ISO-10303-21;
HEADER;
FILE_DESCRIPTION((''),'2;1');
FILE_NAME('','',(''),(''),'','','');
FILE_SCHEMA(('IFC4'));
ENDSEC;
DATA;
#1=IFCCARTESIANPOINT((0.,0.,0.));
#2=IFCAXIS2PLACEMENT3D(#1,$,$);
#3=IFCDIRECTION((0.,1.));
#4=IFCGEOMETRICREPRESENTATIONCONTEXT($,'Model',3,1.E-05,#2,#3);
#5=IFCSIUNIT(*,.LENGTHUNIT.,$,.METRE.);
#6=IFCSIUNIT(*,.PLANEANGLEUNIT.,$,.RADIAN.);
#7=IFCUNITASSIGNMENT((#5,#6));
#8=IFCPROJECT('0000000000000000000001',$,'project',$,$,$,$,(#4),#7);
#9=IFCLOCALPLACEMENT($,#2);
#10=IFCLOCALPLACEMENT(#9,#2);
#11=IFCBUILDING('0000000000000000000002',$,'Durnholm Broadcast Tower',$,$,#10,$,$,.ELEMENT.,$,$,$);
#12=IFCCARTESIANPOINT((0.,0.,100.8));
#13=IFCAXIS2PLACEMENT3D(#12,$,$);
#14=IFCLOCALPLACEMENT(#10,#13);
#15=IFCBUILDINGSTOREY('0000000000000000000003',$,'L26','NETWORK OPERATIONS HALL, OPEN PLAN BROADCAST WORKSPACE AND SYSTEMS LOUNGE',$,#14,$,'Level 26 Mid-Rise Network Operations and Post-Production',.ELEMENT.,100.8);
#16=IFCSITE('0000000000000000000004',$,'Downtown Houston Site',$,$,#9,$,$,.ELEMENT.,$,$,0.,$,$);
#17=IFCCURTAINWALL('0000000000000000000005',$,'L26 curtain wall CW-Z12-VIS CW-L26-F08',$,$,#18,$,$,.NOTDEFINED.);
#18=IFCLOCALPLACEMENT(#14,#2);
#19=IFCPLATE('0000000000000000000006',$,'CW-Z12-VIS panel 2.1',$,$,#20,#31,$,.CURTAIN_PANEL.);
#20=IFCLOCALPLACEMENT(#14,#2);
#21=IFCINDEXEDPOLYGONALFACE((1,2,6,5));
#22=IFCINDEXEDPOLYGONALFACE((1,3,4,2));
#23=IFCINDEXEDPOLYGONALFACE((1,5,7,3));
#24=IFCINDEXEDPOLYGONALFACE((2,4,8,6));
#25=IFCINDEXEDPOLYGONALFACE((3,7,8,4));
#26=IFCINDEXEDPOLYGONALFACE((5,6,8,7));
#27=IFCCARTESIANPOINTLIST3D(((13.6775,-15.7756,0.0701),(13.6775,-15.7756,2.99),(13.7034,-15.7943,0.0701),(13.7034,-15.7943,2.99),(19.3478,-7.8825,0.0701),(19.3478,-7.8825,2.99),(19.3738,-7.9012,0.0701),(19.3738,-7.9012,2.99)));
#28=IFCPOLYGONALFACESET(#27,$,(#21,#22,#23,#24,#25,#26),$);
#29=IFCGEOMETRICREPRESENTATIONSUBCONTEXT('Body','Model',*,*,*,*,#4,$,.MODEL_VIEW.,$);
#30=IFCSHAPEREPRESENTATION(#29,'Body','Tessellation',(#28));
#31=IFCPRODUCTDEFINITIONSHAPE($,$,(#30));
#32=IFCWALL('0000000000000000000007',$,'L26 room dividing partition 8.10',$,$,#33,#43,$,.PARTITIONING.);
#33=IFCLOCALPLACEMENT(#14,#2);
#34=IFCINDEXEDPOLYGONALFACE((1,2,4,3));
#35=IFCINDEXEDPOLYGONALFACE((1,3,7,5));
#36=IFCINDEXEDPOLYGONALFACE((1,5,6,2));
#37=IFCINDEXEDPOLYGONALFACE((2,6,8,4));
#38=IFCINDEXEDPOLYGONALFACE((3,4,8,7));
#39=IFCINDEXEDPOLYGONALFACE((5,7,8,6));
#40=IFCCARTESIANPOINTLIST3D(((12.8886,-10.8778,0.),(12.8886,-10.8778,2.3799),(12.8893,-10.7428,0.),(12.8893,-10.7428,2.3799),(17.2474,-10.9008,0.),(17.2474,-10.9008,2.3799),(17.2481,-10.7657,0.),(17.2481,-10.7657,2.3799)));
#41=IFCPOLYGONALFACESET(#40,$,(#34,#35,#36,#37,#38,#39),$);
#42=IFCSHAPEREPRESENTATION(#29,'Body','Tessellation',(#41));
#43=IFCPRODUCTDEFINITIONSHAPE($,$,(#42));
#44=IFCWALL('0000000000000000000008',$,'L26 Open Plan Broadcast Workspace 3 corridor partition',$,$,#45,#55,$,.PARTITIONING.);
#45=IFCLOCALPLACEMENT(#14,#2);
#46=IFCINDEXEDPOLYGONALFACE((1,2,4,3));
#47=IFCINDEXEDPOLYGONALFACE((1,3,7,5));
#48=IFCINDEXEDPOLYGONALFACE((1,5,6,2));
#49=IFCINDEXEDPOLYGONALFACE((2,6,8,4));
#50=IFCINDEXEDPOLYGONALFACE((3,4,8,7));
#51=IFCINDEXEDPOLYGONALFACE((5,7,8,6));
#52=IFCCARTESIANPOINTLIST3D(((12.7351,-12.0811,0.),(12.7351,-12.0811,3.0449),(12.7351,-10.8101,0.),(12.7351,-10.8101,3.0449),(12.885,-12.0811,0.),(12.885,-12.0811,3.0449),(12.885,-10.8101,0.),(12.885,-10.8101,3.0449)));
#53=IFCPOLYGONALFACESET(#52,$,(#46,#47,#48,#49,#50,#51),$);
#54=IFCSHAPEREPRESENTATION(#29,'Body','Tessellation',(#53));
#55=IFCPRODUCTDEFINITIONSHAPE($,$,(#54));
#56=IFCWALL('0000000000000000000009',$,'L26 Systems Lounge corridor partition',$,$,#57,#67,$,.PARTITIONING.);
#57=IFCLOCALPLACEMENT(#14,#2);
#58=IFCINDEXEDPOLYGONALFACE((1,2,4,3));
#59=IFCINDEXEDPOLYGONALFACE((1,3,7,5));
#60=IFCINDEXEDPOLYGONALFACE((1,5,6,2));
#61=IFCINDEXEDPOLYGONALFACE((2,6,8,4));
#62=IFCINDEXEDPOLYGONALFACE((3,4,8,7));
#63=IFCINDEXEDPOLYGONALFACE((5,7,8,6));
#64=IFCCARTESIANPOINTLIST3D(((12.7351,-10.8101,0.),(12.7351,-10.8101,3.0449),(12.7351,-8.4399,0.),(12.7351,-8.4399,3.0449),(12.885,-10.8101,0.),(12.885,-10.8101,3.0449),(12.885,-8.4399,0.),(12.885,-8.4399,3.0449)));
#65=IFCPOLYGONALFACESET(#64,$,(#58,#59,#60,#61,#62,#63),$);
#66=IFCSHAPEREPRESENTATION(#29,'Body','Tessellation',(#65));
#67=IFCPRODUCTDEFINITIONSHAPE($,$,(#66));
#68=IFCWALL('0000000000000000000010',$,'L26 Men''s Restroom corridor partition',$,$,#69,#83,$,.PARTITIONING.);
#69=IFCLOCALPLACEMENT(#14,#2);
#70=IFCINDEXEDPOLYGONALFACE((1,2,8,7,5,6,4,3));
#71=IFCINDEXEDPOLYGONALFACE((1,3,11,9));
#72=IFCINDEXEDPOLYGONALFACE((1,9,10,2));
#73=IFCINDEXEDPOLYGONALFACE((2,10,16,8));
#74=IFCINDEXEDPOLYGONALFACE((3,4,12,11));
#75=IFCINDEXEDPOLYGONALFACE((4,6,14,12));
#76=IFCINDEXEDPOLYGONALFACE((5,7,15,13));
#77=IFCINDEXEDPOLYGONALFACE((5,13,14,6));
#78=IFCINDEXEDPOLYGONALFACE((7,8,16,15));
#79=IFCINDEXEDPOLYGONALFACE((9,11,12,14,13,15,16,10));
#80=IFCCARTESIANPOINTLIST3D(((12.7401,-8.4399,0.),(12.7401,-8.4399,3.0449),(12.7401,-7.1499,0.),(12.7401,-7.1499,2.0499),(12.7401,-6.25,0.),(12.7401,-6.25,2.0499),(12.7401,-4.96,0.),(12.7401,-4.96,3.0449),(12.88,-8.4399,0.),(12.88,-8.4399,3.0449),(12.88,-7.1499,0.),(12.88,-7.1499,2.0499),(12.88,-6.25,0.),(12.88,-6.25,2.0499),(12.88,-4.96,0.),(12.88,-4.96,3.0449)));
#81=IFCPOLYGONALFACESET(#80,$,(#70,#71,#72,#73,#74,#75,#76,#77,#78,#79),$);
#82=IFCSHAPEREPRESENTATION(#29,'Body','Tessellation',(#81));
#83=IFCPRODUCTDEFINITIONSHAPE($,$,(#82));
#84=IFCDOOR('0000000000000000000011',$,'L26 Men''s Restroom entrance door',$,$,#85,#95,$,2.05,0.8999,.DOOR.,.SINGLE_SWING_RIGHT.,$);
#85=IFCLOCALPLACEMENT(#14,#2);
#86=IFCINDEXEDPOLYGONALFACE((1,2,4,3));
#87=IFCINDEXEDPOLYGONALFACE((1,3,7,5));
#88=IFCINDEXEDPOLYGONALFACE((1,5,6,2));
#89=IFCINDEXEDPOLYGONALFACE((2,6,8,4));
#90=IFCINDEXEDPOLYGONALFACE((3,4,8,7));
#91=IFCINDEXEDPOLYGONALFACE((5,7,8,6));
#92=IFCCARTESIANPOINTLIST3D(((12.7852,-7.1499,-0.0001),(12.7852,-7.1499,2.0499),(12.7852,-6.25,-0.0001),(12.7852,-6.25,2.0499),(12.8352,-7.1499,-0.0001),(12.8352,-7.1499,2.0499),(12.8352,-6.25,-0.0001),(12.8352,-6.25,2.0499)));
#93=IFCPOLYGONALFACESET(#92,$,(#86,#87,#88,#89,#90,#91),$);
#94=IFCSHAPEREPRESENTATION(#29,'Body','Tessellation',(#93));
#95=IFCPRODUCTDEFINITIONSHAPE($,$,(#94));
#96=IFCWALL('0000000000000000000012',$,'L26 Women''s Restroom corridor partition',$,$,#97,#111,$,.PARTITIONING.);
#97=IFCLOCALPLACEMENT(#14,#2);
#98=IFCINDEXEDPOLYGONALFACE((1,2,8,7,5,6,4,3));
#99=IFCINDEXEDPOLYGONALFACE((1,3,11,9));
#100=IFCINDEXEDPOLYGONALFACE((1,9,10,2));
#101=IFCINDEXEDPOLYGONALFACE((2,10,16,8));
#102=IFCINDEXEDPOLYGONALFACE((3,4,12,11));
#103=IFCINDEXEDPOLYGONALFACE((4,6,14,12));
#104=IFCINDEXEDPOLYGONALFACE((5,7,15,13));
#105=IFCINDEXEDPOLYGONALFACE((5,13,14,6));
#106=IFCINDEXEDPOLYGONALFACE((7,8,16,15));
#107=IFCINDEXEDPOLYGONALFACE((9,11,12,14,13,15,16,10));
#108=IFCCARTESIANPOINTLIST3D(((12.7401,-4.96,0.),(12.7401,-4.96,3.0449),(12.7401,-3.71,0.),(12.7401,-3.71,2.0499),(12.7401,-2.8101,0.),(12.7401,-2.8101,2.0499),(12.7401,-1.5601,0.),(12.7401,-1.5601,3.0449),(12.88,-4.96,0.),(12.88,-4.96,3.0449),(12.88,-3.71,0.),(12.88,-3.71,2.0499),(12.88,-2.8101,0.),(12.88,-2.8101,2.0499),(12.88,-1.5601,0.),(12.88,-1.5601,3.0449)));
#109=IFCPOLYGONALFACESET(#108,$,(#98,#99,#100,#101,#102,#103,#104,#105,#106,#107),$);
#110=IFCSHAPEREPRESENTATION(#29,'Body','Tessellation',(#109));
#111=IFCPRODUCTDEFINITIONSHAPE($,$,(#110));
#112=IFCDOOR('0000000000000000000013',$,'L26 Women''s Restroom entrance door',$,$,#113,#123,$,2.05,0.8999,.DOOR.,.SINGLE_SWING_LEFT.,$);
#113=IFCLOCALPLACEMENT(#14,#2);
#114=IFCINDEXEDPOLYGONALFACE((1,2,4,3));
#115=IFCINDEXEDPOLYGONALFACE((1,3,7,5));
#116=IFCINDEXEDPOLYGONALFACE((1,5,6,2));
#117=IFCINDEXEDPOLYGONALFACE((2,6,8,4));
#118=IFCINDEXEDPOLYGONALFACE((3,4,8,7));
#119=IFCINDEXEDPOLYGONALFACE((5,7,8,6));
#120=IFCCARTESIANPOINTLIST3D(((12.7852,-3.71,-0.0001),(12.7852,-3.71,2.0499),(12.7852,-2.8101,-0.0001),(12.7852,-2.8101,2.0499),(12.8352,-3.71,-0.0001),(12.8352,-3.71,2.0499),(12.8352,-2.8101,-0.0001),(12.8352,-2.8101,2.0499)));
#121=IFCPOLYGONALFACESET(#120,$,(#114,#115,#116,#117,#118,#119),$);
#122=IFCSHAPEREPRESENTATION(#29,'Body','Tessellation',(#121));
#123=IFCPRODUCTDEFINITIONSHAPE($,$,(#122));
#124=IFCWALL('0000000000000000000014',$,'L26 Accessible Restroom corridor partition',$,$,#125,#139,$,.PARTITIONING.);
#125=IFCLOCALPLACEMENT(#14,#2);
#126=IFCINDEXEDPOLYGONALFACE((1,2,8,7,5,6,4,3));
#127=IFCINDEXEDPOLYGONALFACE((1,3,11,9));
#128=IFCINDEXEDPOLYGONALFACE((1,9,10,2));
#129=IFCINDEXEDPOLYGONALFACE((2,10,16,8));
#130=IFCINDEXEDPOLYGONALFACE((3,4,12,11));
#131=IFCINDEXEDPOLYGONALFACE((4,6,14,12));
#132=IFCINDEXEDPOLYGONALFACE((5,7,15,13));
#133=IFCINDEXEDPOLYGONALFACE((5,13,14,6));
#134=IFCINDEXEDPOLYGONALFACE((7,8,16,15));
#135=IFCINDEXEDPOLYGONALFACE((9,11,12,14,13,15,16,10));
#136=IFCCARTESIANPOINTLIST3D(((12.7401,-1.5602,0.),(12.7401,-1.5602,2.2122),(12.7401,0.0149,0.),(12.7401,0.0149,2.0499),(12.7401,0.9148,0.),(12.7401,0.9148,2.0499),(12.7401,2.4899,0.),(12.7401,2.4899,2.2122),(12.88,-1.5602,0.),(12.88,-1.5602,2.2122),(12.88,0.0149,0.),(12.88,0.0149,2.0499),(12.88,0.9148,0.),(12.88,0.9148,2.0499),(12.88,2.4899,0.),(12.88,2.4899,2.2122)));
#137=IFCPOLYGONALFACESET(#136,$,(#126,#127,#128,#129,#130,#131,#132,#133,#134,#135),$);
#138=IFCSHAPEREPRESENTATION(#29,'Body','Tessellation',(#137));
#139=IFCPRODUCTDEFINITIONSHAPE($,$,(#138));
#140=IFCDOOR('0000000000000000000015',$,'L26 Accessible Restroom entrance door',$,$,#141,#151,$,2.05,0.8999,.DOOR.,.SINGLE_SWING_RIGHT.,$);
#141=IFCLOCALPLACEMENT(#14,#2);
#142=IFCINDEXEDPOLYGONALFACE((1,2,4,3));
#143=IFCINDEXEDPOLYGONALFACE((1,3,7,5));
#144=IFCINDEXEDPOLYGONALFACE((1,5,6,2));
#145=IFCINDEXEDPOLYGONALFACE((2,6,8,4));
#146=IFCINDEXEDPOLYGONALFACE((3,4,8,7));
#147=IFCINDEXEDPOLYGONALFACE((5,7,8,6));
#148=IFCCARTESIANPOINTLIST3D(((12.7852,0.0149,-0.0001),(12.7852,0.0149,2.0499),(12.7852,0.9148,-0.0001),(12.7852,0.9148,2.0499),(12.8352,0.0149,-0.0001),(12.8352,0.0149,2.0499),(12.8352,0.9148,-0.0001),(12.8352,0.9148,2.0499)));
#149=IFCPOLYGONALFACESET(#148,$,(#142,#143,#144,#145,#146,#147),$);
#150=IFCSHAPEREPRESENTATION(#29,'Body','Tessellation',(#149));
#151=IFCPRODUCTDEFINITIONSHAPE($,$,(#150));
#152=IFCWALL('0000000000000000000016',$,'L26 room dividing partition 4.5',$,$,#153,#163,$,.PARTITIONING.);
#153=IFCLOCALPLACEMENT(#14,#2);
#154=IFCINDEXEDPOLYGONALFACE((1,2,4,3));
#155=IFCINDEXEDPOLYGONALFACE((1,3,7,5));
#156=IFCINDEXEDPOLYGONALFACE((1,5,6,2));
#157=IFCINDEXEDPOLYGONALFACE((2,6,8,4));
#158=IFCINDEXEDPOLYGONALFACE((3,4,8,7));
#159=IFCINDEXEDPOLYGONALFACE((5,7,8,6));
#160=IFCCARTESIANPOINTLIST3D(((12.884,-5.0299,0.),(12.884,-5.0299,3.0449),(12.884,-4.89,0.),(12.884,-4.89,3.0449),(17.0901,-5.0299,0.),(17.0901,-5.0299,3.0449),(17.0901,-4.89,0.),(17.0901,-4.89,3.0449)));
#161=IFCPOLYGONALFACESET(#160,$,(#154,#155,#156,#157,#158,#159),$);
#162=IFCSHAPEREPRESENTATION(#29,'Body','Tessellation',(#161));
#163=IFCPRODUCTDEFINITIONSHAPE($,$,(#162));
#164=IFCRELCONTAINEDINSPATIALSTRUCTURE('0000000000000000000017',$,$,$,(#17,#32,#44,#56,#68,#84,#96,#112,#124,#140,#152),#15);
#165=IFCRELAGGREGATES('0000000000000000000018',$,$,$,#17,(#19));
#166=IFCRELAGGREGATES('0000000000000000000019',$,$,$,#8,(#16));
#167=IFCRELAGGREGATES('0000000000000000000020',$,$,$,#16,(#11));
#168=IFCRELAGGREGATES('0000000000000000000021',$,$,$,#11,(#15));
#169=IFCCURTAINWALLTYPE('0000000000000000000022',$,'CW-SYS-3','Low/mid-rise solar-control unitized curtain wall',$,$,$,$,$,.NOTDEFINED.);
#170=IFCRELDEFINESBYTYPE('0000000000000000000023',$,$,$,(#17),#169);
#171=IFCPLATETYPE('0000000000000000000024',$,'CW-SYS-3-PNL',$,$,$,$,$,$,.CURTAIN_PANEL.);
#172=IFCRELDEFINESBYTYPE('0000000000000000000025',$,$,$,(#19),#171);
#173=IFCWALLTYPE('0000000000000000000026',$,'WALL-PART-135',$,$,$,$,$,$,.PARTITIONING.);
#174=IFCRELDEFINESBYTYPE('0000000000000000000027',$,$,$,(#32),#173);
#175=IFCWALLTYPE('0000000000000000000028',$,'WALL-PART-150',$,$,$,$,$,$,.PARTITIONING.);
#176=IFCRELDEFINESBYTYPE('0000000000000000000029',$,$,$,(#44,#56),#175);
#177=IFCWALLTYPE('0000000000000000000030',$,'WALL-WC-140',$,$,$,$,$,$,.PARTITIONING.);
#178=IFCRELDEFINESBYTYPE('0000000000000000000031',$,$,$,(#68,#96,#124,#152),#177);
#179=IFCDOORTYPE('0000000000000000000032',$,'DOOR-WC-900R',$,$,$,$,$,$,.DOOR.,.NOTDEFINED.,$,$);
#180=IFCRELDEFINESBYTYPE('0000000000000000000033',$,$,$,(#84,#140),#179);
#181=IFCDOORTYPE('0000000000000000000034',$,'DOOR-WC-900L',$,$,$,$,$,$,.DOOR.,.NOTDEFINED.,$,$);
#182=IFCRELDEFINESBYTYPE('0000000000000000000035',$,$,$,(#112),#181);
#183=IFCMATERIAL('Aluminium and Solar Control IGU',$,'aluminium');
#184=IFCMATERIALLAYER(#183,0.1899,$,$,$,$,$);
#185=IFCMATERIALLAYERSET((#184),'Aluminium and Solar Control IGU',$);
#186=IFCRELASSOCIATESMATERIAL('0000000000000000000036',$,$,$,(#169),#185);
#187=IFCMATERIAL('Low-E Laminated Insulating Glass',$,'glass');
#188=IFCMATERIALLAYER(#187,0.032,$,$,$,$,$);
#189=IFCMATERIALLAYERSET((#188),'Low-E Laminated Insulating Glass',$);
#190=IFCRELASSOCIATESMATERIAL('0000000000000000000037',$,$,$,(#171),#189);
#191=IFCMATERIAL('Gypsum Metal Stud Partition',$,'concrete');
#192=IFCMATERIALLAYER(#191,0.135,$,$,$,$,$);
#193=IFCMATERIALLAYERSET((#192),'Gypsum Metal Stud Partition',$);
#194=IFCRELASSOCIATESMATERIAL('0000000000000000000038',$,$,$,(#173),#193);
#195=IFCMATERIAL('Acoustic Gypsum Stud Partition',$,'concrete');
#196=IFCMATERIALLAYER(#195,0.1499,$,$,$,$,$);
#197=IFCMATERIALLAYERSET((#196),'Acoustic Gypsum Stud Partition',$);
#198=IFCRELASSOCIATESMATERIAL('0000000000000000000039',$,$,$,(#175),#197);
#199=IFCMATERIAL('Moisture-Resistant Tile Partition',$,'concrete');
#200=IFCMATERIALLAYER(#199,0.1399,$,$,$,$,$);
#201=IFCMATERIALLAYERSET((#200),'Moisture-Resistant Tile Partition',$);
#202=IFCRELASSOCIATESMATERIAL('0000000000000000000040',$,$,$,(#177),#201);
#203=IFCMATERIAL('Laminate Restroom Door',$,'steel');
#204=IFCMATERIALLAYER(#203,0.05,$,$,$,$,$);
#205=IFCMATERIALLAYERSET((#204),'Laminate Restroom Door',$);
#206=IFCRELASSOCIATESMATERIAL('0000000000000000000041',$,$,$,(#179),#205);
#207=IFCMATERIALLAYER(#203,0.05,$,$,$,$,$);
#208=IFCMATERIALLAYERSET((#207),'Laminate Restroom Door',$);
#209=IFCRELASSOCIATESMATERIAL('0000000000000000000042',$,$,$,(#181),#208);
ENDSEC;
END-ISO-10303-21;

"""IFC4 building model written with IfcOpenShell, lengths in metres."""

from ifc_helpers import new_model, si_unit, direction, frame, frame_2d, origin, origin_2d, place, context, subcontext, project, spatial, rectangle, extrude, source, transform, mapped, material, layer, layer_set, type_object, type_shapes, element, fill, aggregate, save


model = new_model("IFC4")

# Units and contexts
model_context = context("Model", 3, precision=1e-05, world=origin(), true_north=direction((0.0, 1.0)))
body_context = subcontext(model_context, "Body", "Model", "MODEL_VIEW")
ifc_project = project(units=[si_unit("LENGTHUNIT", "METRE"), si_unit("PLANEANGLEUNIT", "RADIAN")], contexts=[model_context])

# Site, building, storey
site_placement = place(None, origin())
site = spatial("IfcSite", under=ifc_project, at=site_placement, Name="Downtown Houston Site", CompositionType="ELEMENT", RefElevation=0.0)
building_placement = place(site_placement, origin())
building = spatial("IfcBuilding", under=site, at=building_placement, Name="Durnholm Broadcast Tower", CompositionType="ELEMENT")
storey_placement = place(building_placement, frame((0.0, 0.0, 100.8)))
storey = spatial("IfcBuildingStorey", under=building, at=storey_placement, Name="L26", Description="NETWORK OPERATIONS HALL, OPEN PLAN BROADCAST WORKSPACE AND SYSTEMS LOUNGE", LongName="Level 26 Mid-Rise Network Operations and Post-Production", CompositionType="ELEMENT", Elevation=100.8)

# Curtain wall
ifc_material_1 = material(Name="Aluminium and Solar Control IGU", Category="aluminium")
ifc_layer_1 = layer(ifc_material_1, 0.1899)
ifc_layer_set_1 = layer_set([ifc_layer_1], Name="Aluminium and Solar Control IGU")
curtain_wall_type_1 = type_object("IfcCurtainWallType", Name="CW-SYS-3", Description="Low/mid-rise solar-control unitized curtain wall", PredefinedType="NOTDEFINED", material=ifc_layer_set_1)
curtain_wall_1_placement = place(storey_placement, origin())
curtain_wall_1 = element("IfcCurtainWall", 1, at=curtain_wall_1_placement, inside=storey, type_object=curtain_wall_type_1, Name="L26 curtain wall CW-Z12-VIS CW-L26-F08", PredefinedType="NOTDEFINED")

# Plate
ifc_material_2 = material(Name="Low-E Laminated Insulating Glass", Category="glass")
ifc_layer_2 = layer(ifc_material_2, 0.032)
ifc_layer_set_2 = layer_set([ifc_layer_2], Name="Low-E Laminated Insulating Glass")
plate_type_1 = type_object("IfcPlateType", Name="CW-SYS-3-PNL", PredefinedType="CURTAIN_PANEL", material=ifc_layer_set_2)
shared_shape_1 = source(origin(), body_context, "Body", "SweptSolid", [
    extrude(rectangle(XDim=9.7188, YDim=0.032, at=origin_2d()), origin(), (0.0, 0.0, 1.0), 2.9199),
])
type_shapes(plate_type_1, [shared_shape_1])
plate_1_placement = place(storey_placement, frame((16.5256, -11.8384, 0.0701), z_axis=(0.0, 0.0, 1.0), x_axis=(-0.583445, -0.812152, 0.0)))
plate_1 = element("IfcPlate", 2, at=plate_1_placement, type_object=plate_type_1, Name="CW-Z12-VIS panel 2.1", PredefinedType="CURTAIN_PANEL", context=body_context, shape_type="MappedRepresentation", body=[
    mapped(shared_shape_1, transform((0.0, 0.0, 0.0), x_axis=(1.0, 0.0, 0.0), y_axis=(0.0, 1.0, 0.0), z_axis=(0.0, 0.0, 1.0), scale=1.0)),
])
aggregate(curtain_wall_1, [plate_1])

# Walls
ifc_material_3 = material(Name="Gypsum Metal Stud Partition", Category="concrete")
ifc_layer_3 = layer(ifc_material_3, 0.135)
ifc_layer_set_3 = layer_set([ifc_layer_3], Name="Gypsum Metal Stud Partition")
wall_type_1 = type_object("IfcWallType", Name="WALL-PART-135", PredefinedType="PARTITIONING", material=ifc_layer_set_3)
wall_1_placement = place(storey_placement, frame((12.8889, -10.8103, 0.0), z_axis=(0.0, 0.0, 1.0), x_axis=(0.999986, -0.005265, 0.0)))
element("IfcWall", 3, at=wall_1_placement, inside=storey, type_object=wall_type_1, Name="L26 room dividing partition 8.10", PredefinedType="PARTITIONING", context=body_context, shape_type="SweptSolid", body=[
    extrude(rectangle(XDim=4.3589, YDim=0.135, at=frame_2d((2.1794, 0.0))), origin(), (0.0, 0.0, 1.0), 2.3799),
])
ifc_material_4 = material(Name="Acoustic Gypsum Stud Partition", Category="concrete")
ifc_layer_4 = layer(ifc_material_4, 0.1499)
ifc_layer_set_4 = layer_set([ifc_layer_4], Name="Acoustic Gypsum Stud Partition")
wall_type_2 = type_object("IfcWallType", Name="WALL-PART-150", PredefinedType="PARTITIONING", material=ifc_layer_set_4)
wall_2_placement = place(storey_placement, frame((12.8101, -12.0811, 0.0), z_axis=(0.0, 0.0, 1.0), x_axis=(0.0, 1.0, 0.0)))
element("IfcWall", 4, at=wall_2_placement, inside=storey, type_object=wall_type_2, Name="L26 Open Plan Broadcast Workspace 3 corridor partition", PredefinedType="PARTITIONING", context=body_context, shape_type="SweptSolid", body=[
    extrude(rectangle(XDim=1.271, YDim=0.1499, at=frame_2d((0.6355, 0.0))), origin(), (0.0, 0.0, 1.0), 3.0449),
])
wall_3_placement = place(storey_placement, frame((12.8101, -10.8101, 0.0), z_axis=(0.0, 0.0, 1.0), x_axis=(0.0, 1.0, 0.0)))
element("IfcWall", 5, at=wall_3_placement, inside=storey, type_object=wall_type_2, Name="L26 Systems Lounge corridor partition", PredefinedType="PARTITIONING", context=body_context, shape_type="SweptSolid", body=[
    extrude(rectangle(XDim=2.3701, YDim=0.1499, at=frame_2d((1.1851, 0.0))), origin(), (0.0, 0.0, 1.0), 3.0449),
])

# Walls, openings, doors
ifc_material_5 = material(Name="Moisture-Resistant Tile Partition", Category="concrete")
ifc_layer_5 = layer(ifc_material_5, 0.1399)
ifc_layer_set_5 = layer_set([ifc_layer_5], Name="Moisture-Resistant Tile Partition")
wall_type_3 = type_object("IfcWallType", Name="WALL-WC-140", PredefinedType="PARTITIONING", material=ifc_layer_set_5)
wall_4_placement = place(storey_placement, frame((12.8101, -8.4399, 0.0), z_axis=(0.0, 0.0, 1.0), x_axis=(0.0, 1.0, 0.0)))
wall_4 = element("IfcWall", 6, at=wall_4_placement, inside=storey, type_object=wall_type_3, Name="L26 Men's Restroom corridor partition", PredefinedType="PARTITIONING", context=body_context, shape_type="SweptSolid", body=[
    extrude(rectangle(XDim=3.48, YDim=0.1399, at=frame_2d((1.74, 0.0))), origin(), (0.0, 0.0, 1.0), 3.0449),
])
opening_1_placement = place(wall_4_placement, frame((1.29, 0.0, 0.0)))
opening_1 = element("IfcOpeningElement", 7, at=opening_1_placement, cuts=wall_4, PredefinedType="OPENING", context=body_context, shape_type="SweptSolid", body=[
    extrude(rectangle(XDim=0.8999, YDim=2.05, at=frame_2d((0.45, 1.0249))), frame((0.0, 0.0801, 0.0), z_axis=(0.0, -1.0, 0.0), x_axis=(1.0, 0.0, 0.0)), (0.0, 0.0, 1.0), 0.1599),
])
ifc_material_6 = material(Name="Laminate Restroom Door", Category="steel")
ifc_layer_6 = layer(ifc_material_6, 0.05)
ifc_layer_set_6 = layer_set([ifc_layer_6], Name="Laminate Restroom Door")
door_type_1 = type_object("IfcDoorType", Name="DOOR-WC-900R", OperationType="NOTDEFINED", PredefinedType="DOOR", material=ifc_layer_set_6)
shared_shape_2 = source(origin(), body_context, "Body", "SweptSolid", [
    extrude(rectangle(XDim=0.8999, YDim=2.05, at=frame_2d((0.45, 1.0249))), frame((0.0, 0.0249, 0.0), z_axis=(0.0, -1.0, 0.0), x_axis=(1.0, 0.0, 0.0)), (0.0, 0.0, 1.0), 0.05),
])
type_shapes(door_type_1, [shared_shape_2])
door_1_placement = place(opening_1_placement, origin())
door_1 = element("IfcDoor", 8, at=door_1_placement, inside=storey, type_object=door_type_1, Name="L26 Men's Restroom entrance door", OperationType="SINGLE_SWING_RIGHT", OverallHeight=2.05, OverallWidth=0.8999, PredefinedType="DOOR", context=body_context, shape_type="MappedRepresentation", body=[
    mapped(shared_shape_2, transform((0.0, 0.0, 0.0), x_axis=(1.0, 0.0, 0.0), y_axis=(0.0, 1.0, 0.0), z_axis=(0.0, 0.0, 1.0), scale=1.0)),
])
fill(opening_1, door_1)
wall_5_placement = place(storey_placement, frame((12.8101, -4.96, 0.0), z_axis=(0.0, 0.0, 1.0), x_axis=(0.0, 1.0, 0.0)))
wall_5 = element("IfcWall", 9, at=wall_5_placement, inside=storey, type_object=wall_type_3, Name="L26 Women's Restroom corridor partition", PredefinedType="PARTITIONING", context=body_context, shape_type="SweptSolid", body=[
    extrude(rectangle(XDim=3.3999, YDim=0.1399, at=frame_2d((1.7, 0.0))), origin(), (0.0, 0.0, 1.0), 3.0449),
])
opening_2_placement = place(wall_5_placement, frame((1.25, 0.0, 0.0)))
opening_2 = element("IfcOpeningElement", 10, at=opening_2_placement, cuts=wall_5, PredefinedType="OPENING", context=body_context, shape_type="SweptSolid", body=[
    extrude(rectangle(XDim=0.8999, YDim=2.05, at=frame_2d((0.45, 1.0249))), frame((0.0, 0.0801, 0.0), z_axis=(0.0, -1.0, 0.0), x_axis=(1.0, 0.0, 0.0)), (0.0, 0.0, 1.0), 0.1599),
])
ifc_layer_7 = layer(ifc_material_6, 0.05)
ifc_layer_set_7 = layer_set([ifc_layer_7], Name="Laminate Restroom Door")
door_type_2 = type_object("IfcDoorType", Name="DOOR-WC-900L", OperationType="NOTDEFINED", PredefinedType="DOOR", material=ifc_layer_set_7)
shared_shape_3 = source(origin(), body_context, "Body", "SweptSolid", [
    extrude(rectangle(XDim=0.8999, YDim=2.05, at=frame_2d((0.45, 1.0249))), frame((0.0, 0.0249, 0.0), z_axis=(0.0, -1.0, 0.0), x_axis=(1.0, 0.0, 0.0)), (0.0, 0.0, 1.0), 0.05),
])
type_shapes(door_type_2, [shared_shape_3])
door_2_placement = place(opening_2_placement, origin())
door_2 = element("IfcDoor", 11, at=door_2_placement, inside=storey, type_object=door_type_2, Name="L26 Women's Restroom entrance door", OperationType="SINGLE_SWING_LEFT", OverallHeight=2.05, OverallWidth=0.8999, PredefinedType="DOOR", context=body_context, shape_type="MappedRepresentation", body=[
    mapped(shared_shape_3, transform((0.0, 0.0, 0.0), x_axis=(1.0, 0.0, 0.0), y_axis=(0.0, 1.0, 0.0), z_axis=(0.0, 0.0, 1.0), scale=1.0)),
])
fill(opening_2, door_2)
wall_6_placement = place(storey_placement, frame((12.8101, -1.5601, 0.0), z_axis=(0.0, 0.0, 1.0), x_axis=(0.0, 1.0, 0.0)))
wall_6 = element("IfcWall", 12, at=wall_6_placement, inside=storey, type_object=wall_type_3, Name="L26 Accessible Restroom corridor partition", PredefinedType="PARTITIONING", context=body_context, shape_type="SweptSolid", body=[
    extrude(rectangle(XDim=4.05, YDim=0.1399, at=frame_2d((2.0249, 0.0))), origin(), (0.0, 0.0, 1.0), 2.2122),
])
opening_3_placement = place(wall_6_placement, frame((1.575, 0.0, 0.0)))
opening_3 = element("IfcOpeningElement", 13, at=opening_3_placement, cuts=wall_6, PredefinedType="OPENING", context=body_context, shape_type="SweptSolid", body=[
    extrude(rectangle(XDim=0.8999, YDim=2.05, at=frame_2d((0.45, 1.0249))), frame((0.0, 0.0801, 0.0), z_axis=(0.0, -1.0, 0.0), x_axis=(1.0, 0.0, 0.0)), (0.0, 0.0, 1.0), 0.1599),
])
door_3_placement = place(opening_3_placement, origin())
door_3 = element("IfcDoor", 14, at=door_3_placement, inside=storey, type_object=door_type_1, Name="L26 Accessible Restroom entrance door", OperationType="SINGLE_SWING_RIGHT", OverallHeight=2.05, OverallWidth=0.8999, PredefinedType="DOOR", context=body_context, shape_type="MappedRepresentation", body=[
    mapped(shared_shape_2, transform((0.0, 0.0, 0.0), x_axis=(1.0, 0.0, 0.0), y_axis=(0.0, 1.0, 0.0), z_axis=(0.0, 0.0, 1.0), scale=1.0)),
])
fill(opening_3, door_3)

# Wall
wall_7_placement = place(storey_placement, frame((12.884, -4.96, 0.0), z_axis=(0.0, 0.0, 1.0), x_axis=(1.0, 0.0, 0.0)))
element("IfcWall", 15, at=wall_7_placement, inside=storey, type_object=wall_type_3, Name="L26 room dividing partition 4.5", PredefinedType="PARTITIONING", context=body_context, shape_type="SweptSolid", body=[
    extrude(rectangle(XDim=4.2061, YDim=0.1399, at=frame_2d((2.103, 0.0))), origin(), (0.0, 0.0, 1.0), 3.0449),
])

save(model, "model.ifc")
